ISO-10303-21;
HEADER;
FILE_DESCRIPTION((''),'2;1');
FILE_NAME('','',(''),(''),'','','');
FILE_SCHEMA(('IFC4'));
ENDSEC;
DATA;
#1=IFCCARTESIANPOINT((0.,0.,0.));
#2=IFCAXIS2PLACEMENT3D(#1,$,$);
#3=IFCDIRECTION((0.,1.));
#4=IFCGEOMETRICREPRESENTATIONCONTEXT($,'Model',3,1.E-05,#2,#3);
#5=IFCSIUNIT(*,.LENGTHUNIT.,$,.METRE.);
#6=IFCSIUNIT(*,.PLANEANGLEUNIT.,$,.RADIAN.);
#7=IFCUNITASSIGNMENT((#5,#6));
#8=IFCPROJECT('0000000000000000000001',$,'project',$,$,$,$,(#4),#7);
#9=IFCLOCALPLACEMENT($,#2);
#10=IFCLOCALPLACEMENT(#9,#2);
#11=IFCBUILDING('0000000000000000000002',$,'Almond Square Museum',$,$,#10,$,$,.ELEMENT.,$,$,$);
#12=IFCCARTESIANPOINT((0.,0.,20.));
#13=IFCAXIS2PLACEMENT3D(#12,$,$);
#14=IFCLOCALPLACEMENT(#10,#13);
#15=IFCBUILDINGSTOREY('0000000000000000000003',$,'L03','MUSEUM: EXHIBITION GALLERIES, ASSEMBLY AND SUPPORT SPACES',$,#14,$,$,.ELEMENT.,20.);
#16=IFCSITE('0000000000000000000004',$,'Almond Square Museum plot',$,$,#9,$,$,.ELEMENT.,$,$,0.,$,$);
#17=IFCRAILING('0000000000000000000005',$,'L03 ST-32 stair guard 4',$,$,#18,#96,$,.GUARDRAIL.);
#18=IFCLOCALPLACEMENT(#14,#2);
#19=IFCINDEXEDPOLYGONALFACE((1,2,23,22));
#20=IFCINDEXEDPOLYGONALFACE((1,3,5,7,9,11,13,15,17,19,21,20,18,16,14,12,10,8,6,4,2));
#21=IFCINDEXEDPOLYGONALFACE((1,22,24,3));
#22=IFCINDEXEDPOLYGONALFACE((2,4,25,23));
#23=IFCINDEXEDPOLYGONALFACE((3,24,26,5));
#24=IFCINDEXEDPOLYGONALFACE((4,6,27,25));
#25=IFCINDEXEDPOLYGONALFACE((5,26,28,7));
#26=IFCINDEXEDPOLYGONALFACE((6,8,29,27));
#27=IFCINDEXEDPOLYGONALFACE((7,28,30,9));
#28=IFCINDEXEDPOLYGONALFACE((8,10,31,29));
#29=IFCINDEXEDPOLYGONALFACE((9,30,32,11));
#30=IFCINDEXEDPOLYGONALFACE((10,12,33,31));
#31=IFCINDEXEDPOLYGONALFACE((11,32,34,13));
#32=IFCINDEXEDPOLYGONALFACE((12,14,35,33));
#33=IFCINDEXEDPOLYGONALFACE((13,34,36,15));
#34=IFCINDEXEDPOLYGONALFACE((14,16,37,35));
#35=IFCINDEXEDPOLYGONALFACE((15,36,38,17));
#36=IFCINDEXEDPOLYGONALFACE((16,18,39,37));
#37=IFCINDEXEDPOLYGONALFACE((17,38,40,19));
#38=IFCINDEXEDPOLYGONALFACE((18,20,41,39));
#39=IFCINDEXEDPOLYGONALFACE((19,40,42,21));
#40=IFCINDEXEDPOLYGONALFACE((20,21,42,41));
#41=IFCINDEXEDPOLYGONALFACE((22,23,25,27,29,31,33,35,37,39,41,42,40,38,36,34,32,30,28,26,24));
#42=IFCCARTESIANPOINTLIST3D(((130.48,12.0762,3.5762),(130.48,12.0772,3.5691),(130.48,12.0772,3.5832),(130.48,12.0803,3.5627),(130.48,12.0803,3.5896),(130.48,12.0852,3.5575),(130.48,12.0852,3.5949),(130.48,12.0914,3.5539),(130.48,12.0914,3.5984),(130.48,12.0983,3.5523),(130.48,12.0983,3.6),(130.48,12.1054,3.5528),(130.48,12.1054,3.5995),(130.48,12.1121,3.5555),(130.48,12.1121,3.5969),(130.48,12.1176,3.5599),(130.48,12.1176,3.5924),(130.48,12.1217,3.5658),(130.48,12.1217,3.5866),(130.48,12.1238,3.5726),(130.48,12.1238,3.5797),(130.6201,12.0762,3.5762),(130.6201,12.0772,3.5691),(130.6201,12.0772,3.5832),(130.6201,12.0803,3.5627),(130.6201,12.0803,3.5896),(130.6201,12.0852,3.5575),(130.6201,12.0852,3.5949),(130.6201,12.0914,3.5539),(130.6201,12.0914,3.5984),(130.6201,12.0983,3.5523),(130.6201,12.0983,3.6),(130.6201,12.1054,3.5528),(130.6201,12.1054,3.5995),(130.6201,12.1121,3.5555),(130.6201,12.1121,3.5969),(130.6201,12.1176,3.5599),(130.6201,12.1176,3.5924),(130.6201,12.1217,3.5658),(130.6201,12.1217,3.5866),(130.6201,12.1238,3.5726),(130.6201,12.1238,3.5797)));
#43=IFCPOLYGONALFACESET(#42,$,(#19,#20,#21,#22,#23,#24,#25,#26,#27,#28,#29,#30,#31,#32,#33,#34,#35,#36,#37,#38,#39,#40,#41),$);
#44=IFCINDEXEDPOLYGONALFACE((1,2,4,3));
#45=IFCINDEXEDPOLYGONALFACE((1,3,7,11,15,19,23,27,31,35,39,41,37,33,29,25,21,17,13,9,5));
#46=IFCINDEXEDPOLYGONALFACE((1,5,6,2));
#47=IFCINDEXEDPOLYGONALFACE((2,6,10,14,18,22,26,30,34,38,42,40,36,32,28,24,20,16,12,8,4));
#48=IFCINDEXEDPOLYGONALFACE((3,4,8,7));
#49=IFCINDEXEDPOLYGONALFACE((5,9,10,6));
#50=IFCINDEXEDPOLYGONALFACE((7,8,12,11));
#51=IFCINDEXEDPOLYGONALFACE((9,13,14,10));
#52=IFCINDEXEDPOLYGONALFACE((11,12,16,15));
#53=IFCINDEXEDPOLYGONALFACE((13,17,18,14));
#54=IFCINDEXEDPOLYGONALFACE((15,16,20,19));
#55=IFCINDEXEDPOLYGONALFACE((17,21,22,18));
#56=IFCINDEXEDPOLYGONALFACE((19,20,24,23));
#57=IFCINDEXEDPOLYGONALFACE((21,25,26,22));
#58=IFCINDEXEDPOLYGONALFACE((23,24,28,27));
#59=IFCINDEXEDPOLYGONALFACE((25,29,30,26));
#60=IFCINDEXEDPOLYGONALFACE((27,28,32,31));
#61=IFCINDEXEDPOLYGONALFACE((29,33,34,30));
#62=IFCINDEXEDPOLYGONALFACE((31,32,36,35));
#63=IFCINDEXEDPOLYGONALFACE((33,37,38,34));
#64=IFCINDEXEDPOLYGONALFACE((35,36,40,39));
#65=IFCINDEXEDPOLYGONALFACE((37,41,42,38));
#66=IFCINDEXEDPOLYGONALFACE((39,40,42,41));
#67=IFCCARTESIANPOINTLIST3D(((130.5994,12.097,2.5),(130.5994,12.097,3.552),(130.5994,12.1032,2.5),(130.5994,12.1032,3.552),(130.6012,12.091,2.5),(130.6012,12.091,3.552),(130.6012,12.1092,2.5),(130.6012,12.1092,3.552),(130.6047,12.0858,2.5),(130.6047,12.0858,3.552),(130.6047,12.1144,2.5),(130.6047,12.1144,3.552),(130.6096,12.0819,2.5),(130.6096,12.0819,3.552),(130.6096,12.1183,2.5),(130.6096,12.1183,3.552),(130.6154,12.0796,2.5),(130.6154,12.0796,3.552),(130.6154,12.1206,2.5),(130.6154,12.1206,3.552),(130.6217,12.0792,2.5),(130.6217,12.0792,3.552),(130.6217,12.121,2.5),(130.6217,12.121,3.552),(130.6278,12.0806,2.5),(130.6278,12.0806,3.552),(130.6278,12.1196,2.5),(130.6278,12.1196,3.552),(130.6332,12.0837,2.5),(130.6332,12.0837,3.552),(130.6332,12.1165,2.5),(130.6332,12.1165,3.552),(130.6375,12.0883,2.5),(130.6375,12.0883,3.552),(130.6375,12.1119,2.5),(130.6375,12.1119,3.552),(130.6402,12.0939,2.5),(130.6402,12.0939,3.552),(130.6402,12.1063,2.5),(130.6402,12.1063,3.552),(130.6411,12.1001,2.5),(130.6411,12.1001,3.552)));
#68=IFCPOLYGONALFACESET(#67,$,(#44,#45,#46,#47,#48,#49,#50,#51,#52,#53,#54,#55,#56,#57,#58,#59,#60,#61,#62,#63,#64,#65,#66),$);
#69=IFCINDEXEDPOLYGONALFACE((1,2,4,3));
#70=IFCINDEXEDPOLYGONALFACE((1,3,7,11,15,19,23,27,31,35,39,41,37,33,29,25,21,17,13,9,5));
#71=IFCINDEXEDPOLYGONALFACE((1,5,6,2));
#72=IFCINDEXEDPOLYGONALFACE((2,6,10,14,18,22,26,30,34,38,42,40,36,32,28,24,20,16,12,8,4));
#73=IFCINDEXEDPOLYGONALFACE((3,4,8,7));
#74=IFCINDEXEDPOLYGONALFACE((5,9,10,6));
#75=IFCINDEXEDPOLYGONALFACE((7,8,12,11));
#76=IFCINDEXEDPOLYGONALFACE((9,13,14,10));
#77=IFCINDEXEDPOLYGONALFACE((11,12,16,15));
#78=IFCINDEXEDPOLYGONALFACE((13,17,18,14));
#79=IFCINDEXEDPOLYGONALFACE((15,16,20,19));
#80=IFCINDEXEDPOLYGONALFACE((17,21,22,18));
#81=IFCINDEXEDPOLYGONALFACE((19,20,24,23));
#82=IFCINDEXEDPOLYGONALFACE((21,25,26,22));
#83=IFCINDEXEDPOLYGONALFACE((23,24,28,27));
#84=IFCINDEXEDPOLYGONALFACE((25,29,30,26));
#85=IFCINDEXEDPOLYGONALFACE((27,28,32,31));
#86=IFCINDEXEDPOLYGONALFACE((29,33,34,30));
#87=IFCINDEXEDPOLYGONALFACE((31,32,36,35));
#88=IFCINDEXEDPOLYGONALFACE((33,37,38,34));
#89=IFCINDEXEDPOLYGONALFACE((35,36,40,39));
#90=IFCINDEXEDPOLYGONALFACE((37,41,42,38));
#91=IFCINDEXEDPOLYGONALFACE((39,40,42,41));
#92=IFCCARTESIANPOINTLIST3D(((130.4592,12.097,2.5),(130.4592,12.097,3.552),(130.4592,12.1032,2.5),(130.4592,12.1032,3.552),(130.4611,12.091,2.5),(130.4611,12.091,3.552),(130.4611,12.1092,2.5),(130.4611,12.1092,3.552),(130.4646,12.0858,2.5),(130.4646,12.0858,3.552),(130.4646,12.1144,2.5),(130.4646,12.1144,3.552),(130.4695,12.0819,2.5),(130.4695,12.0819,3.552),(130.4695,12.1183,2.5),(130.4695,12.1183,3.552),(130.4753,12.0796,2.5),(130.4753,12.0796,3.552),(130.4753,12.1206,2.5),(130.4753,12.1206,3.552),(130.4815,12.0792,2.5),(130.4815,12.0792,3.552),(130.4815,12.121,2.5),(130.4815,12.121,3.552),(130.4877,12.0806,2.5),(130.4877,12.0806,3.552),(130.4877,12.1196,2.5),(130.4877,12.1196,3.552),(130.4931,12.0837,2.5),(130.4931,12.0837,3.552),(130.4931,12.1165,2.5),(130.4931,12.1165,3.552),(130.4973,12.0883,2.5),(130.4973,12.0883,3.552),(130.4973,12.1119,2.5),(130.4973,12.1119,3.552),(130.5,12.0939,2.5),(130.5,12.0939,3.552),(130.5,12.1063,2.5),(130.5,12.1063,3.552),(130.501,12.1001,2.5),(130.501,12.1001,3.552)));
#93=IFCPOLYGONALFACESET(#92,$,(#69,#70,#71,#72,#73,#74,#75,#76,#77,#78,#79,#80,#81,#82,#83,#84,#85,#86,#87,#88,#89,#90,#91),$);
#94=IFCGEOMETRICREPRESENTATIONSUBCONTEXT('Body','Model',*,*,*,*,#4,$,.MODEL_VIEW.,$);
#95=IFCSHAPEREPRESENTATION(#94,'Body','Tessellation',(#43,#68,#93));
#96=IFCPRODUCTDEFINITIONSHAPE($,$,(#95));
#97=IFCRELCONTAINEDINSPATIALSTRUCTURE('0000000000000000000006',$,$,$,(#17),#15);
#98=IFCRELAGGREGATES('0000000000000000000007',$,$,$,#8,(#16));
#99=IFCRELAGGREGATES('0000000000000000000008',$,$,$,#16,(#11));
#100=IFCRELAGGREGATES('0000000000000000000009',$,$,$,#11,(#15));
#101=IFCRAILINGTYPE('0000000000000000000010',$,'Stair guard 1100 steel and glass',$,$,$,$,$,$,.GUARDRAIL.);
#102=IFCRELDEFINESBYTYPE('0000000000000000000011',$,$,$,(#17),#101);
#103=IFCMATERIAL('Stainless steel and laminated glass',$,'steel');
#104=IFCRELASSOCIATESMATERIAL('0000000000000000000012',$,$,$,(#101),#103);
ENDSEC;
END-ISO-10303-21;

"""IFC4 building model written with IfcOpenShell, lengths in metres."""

from ifc_helpers import new_model, si_unit, direction, frame, origin, origin_2d, place, context, subcontext, project, spatial, circle, extrude, material, type_object, element, save


model = new_model("IFC4")

# Units and contexts
model_context = context("Model", 3, precision=1e-05, world=origin(), true_north=direction((0.0, 1.0)))
body_context = subcontext(model_context, "Body", "Model", "MODEL_VIEW")
ifc_project = project(units=[si_unit("LENGTHUNIT", "METRE"), si_unit("PLANEANGLEUNIT", "RADIAN")], contexts=[model_context])

# Site, building, storey
site_placement = place(None, origin())
site = spatial("IfcSite", under=ifc_project, at=site_placement, Name="Almond Square Museum plot", CompositionType="ELEMENT", RefElevation=0.0)
building_placement = place(site_placement, origin())
building = spatial("IfcBuilding", under=site, at=building_placement, Name="Almond Square Museum", CompositionType="ELEMENT")
storey_placement = place(building_placement, frame((0.0, 0.0, 20.0)))
storey = spatial("IfcBuildingStorey", under=building, at=storey_placement, Name="L03", Description="MUSEUM: EXHIBITION GALLERIES, ASSEMBLY AND SUPPORT SPACES", CompositionType="ELEMENT", Elevation=20.0)

# Railing
ifc_material_1 = material(Name="Stainless steel and laminated glass", Category="steel")
railing_type = type_object("IfcRailingType", Name="Stair guard 1100 steel and glass", PredefinedType="GUARDRAIL", material=ifc_material_1)
for number, where, name in (
    (1, (130.6201, 12.1001, 2.5), "L03 ST-32 stair guard 4"),
):
    element("IfcRailing", number, at=place(storey_placement, frame(where)), inside=storey, type_object=railing_type, Name=name, PredefinedType="GUARDRAIL", context=body_context, shape_type="SweptSolid", body=[
        extrude(circle(Radius=0.0239, at=origin_2d()), frame((0.0, 0.0, 1.0762), z_axis=(-1.0, 0.0, 0.0), x_axis=(0.0, -1.0, 0.0)), (0.0, 0.0, 1.0), 0.1401),
        extrude(circle(Radius=0.021, at=origin_2d()), origin(), (0.0, 0.0, 1.0), 1.052),
        extrude(circle(Radius=0.021, at=origin_2d()), frame((-0.1401, 0.0, 0.0)), (0.0, 0.0, 1.0), 1.052),
    ])

save(model, "model.ifc")
